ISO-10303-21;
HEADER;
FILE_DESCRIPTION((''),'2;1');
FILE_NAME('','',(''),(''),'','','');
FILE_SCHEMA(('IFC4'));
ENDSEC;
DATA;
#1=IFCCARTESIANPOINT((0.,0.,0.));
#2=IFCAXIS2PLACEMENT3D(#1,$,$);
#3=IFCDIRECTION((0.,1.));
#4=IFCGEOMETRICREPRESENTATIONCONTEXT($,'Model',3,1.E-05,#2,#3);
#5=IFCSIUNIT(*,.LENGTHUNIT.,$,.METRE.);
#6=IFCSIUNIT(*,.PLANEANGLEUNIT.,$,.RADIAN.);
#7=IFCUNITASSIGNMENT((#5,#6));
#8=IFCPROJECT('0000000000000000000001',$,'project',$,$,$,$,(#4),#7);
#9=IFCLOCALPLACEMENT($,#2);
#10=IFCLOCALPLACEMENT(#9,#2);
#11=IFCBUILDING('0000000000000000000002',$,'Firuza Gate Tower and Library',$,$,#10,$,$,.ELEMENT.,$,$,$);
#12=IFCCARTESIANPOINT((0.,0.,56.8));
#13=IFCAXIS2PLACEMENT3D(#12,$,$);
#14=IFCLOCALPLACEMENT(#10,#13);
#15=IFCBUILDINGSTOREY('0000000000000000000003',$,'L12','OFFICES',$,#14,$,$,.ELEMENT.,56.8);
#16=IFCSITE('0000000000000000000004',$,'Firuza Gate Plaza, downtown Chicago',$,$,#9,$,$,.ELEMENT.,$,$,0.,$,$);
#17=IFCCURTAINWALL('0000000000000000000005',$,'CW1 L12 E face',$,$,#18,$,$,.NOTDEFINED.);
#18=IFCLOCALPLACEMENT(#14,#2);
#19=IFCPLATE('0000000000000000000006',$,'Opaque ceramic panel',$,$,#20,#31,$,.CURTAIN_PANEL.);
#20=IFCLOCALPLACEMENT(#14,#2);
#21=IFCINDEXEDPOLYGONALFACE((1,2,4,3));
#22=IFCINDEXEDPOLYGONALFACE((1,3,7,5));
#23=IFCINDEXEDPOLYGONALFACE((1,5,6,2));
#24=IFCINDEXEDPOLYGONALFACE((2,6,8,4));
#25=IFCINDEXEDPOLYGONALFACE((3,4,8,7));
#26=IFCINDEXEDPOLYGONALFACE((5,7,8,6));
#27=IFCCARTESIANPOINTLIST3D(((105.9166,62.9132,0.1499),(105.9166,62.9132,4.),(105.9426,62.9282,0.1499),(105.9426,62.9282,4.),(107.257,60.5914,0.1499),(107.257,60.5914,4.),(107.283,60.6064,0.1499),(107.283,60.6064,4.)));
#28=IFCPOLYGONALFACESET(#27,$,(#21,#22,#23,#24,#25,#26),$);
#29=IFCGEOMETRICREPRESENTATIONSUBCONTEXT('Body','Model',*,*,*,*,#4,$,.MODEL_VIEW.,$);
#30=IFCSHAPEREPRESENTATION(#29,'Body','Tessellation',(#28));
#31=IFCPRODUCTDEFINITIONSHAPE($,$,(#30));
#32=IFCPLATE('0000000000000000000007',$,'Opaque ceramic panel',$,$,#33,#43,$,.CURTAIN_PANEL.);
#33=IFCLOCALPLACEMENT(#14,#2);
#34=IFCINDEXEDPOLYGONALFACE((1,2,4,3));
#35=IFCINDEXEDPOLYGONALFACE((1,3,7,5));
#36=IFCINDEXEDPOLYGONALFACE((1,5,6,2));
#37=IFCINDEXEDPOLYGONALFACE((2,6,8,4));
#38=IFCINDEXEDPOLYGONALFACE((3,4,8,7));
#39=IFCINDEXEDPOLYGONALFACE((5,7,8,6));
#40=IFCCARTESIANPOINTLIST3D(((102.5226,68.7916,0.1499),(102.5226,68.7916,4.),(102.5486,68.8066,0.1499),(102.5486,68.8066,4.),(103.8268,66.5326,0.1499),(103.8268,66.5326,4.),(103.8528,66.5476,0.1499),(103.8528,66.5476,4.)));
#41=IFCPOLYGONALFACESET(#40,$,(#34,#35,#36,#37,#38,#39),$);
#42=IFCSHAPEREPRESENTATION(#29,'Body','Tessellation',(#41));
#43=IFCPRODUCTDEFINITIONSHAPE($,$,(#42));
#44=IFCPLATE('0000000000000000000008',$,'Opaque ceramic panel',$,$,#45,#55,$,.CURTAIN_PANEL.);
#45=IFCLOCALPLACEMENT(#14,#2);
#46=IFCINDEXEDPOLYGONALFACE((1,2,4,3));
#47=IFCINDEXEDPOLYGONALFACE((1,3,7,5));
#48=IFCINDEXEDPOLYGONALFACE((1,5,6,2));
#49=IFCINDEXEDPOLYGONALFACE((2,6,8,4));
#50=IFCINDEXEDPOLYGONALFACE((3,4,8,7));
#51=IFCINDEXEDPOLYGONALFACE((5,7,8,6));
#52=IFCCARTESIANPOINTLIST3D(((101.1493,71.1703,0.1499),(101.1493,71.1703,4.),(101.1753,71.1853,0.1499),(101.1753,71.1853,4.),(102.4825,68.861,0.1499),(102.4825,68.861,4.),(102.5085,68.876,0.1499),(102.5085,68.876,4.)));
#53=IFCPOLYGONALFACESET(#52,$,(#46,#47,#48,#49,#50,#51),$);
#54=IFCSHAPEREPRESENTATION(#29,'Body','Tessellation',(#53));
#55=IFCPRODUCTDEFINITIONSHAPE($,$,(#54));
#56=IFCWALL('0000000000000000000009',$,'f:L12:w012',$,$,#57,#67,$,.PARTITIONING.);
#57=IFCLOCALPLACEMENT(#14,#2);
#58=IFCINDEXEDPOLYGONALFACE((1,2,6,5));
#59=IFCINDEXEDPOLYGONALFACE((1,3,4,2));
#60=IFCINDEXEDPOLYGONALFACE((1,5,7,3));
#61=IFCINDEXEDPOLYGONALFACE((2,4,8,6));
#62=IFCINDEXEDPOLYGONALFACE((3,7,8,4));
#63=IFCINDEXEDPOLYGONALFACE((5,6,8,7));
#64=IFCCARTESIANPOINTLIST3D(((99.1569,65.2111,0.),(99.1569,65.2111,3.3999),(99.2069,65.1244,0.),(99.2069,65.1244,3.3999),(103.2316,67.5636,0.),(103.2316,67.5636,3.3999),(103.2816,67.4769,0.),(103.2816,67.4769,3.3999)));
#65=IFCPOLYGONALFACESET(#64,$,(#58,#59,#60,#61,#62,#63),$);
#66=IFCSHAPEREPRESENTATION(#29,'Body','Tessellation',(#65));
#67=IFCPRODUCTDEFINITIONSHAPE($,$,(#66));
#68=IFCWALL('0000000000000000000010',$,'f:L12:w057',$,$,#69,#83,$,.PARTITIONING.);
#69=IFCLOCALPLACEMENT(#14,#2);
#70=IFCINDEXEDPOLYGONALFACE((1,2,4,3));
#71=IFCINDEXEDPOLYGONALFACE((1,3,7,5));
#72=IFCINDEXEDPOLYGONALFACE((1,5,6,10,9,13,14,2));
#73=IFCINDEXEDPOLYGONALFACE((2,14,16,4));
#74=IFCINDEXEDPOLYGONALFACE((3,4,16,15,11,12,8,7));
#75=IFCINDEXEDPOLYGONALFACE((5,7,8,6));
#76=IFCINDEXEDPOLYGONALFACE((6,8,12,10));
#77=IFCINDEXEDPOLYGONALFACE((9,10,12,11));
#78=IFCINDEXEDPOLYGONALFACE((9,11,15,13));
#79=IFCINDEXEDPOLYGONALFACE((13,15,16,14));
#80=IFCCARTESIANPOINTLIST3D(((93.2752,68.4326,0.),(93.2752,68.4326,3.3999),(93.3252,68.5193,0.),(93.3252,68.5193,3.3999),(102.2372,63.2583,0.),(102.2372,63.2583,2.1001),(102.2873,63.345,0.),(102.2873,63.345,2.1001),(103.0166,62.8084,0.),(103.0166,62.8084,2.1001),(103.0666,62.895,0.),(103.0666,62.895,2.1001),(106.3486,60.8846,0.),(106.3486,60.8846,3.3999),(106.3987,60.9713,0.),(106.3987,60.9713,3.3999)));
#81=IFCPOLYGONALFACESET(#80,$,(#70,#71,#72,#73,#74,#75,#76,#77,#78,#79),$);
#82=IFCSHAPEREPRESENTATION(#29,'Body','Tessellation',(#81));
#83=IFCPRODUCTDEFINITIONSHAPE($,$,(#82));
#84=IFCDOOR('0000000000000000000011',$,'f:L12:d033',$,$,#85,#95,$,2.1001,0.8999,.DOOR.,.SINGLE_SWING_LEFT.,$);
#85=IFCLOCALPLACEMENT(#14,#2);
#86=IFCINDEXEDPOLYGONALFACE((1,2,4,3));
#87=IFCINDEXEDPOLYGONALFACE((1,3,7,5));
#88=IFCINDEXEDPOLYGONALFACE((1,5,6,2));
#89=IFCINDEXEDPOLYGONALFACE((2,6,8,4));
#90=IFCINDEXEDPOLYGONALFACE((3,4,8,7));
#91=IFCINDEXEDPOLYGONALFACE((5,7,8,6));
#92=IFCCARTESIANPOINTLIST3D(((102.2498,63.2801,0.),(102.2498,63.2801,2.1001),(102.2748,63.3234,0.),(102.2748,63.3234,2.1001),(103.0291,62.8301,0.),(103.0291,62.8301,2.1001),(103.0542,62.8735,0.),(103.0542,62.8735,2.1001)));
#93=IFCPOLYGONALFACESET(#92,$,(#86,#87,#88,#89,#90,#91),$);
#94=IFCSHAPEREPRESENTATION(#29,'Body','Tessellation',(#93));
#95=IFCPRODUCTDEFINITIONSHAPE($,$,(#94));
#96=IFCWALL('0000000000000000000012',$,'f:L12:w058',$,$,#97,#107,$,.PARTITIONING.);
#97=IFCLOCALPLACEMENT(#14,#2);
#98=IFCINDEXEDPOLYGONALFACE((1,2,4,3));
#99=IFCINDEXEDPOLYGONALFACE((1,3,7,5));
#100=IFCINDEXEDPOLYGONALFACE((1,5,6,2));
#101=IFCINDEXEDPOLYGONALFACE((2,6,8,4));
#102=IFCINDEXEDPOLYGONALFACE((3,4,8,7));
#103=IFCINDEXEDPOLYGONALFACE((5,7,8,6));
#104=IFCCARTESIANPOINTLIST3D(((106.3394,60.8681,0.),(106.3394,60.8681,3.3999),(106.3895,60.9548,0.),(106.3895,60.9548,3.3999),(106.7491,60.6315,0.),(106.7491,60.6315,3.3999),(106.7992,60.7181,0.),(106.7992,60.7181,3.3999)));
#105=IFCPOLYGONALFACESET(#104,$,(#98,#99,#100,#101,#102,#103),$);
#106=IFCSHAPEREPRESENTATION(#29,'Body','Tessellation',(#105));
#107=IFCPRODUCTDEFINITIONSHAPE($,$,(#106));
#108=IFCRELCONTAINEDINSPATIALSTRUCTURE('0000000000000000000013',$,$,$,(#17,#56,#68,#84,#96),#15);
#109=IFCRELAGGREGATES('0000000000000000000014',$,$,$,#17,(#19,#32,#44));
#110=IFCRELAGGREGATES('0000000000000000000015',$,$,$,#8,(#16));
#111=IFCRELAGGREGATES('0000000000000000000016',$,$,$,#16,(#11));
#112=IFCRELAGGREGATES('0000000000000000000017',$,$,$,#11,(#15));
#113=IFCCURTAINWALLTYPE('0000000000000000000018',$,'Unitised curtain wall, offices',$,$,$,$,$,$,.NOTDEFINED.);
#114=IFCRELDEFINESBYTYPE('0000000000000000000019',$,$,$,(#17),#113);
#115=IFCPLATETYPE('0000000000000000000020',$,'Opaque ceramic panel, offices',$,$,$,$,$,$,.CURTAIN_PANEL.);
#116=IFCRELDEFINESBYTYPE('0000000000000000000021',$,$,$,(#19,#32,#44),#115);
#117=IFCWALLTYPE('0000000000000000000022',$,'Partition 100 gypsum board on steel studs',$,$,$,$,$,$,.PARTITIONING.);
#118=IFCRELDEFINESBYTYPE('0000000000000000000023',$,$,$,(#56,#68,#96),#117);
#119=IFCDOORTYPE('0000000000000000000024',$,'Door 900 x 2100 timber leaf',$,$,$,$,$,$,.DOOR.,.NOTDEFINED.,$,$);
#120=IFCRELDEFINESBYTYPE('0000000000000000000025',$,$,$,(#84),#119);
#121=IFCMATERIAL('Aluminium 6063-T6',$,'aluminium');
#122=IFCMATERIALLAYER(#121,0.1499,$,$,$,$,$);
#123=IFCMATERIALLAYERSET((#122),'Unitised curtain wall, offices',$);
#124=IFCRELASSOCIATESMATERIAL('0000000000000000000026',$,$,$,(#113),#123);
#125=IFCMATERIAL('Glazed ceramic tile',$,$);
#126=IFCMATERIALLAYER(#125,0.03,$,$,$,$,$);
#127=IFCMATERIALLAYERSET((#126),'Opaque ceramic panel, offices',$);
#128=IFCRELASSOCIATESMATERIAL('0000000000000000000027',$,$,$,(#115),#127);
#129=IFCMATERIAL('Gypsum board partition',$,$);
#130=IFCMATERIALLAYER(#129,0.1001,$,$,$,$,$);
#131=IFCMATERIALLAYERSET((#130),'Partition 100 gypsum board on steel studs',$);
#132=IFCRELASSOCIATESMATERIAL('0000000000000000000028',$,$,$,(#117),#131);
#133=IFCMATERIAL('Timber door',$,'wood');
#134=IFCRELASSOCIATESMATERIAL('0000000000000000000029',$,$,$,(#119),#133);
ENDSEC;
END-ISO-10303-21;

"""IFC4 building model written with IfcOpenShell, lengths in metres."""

from ifc_helpers import new_model, si_unit, direction, frame, frame_2d, origin, place, context, subcontext, project, spatial, polyline, rectangle, outline, extrude, material, layer, layer_set, type_object, element, fill, aggregate, save


model = new_model("IFC4")

# Units and contexts
model_context = context("Model", 3, precision=1e-05, world=origin(), true_north=direction((0.0, 1.0)))
body_context = subcontext(model_context, "Body", "Model", "MODEL_VIEW")
ifc_project = project(units=[si_unit("LENGTHUNIT", "METRE"), si_unit("PLANEANGLEUNIT", "RADIAN")], contexts=[model_context])

# Site, building, storey
site_placement = place(None, origin())
site = spatial("IfcSite", under=ifc_project, at=site_placement, Name="Firuza Gate Plaza, downtown Chicago", CompositionType="ELEMENT", RefElevation=0.0)
building_placement = place(site_placement, origin())
building = spatial("IfcBuilding", under=site, at=building_placement, Name="Firuza Gate Tower and Library", CompositionType="ELEMENT")
storey_placement = place(building_placement, frame((0.0, 0.0, 56.8)))
storey = spatial("IfcBuildingStorey", under=building, at=storey_placement, Name="L12", Description="OFFICES", CompositionType="ELEMENT", Elevation=56.8)

# Curtain wall
ifc_material_1 = material(Name="Aluminium 6063-T6", Category="aluminium")
ifc_layer_1 = layer(ifc_material_1, 0.1499)
ifc_layer_set_1 = layer_set([ifc_layer_1], Name="Unitised curtain wall, offices")
curtain_wall_type = type_object("IfcCurtainWallType", Name="Unitised curtain wall, offices", PredefinedType="NOTDEFINED", material=ifc_layer_set_1)
curtain_wall_placement = place(storey_placement, origin())
curtain_wall = element("IfcCurtainWall", 1, at=curtain_wall_placement, inside=storey, type_object=curtain_wall_type, Name="CW1 L12 E face", PredefinedType="NOTDEFINED")

# Plates
ifc_material_2 = material(Name="Glazed ceramic tile")
ifc_layer_2 = layer(ifc_material_2, 0.03)
ifc_layer_set_2 = layer_set([ifc_layer_2], Name="Opaque ceramic panel, offices")
plate_type_1 = type_object("IfcPlateType", Name="Opaque ceramic panel, offices", PredefinedType="CURTAIN_PANEL", material=ifc_layer_set_2)
plate_1_placement = place(storey_placement, frame((107.283, 60.6064, 0.1499), z_axis=(0.866049, 0.499959, 0.0), x_axis=(-0.499959, 0.866049, 0.0)))
plate_1 = element("IfcPlate", 2, at=plate_1_placement, type_object=plate_type_1, Name="Opaque ceramic panel", PredefinedType="CURTAIN_PANEL", context=body_context, shape_type="SweptSolid", body=[
    extrude(outline(polyline([(0.0, 0.0), (2.6809, 0.0), (2.6809, 3.8501), (0.0, 3.8501), (0.0, 0.0)])), origin(), (0.0, 0.0, -1.0), 0.03),
])
plate_2_placement = place(storey_placement, frame((103.8528, 66.5476, 0.1499), z_axis=(0.866034, 0.499984, 0.0), x_axis=(-0.499984, 0.866034, 0.0)))
plate_2 = element("IfcPlate", 3, at=plate_2_placement, type_object=plate_type_1, Name="Opaque ceramic panel", PredefinedType="CURTAIN_PANEL", context=body_context, shape_type="SweptSolid", body=[
    extrude(outline(polyline([(0.0, 0.0), (2.6085, 0.0), (2.6085, 3.8501), (0.0, 3.8501), (0.0, 0.0)])), origin(), (0.0, 0.0, -1.0), 0.03),
])
plate_3_placement = place(storey_placement, frame((102.5085, 68.876, 0.1499), z_axis=(0.866032, 0.499989, 0.0), x_axis=(-0.499989, 0.866032, 0.0)))
plate_3 = element("IfcPlate", 4, at=plate_3_placement, type_object=plate_type_1, Name="Opaque ceramic panel", PredefinedType="CURTAIN_PANEL", context=body_context, shape_type="SweptSolid", body=[
    extrude(outline(polyline([(0.0, 0.0), (2.6666, 0.0), (2.6666, 3.8501), (0.0, 3.8501), (0.0, 0.0)])), origin(), (0.0, 0.0, -1.0), 0.03),
])
aggregate(curtain_wall, [plate_1, plate_2, plate_3])

# Wall
ifc_material_3 = material(Name="Gypsum board partition")
ifc_layer_3 = layer(ifc_material_3, 0.1001)
ifc_layer_set_3 = layer_set([ifc_layer_3], Name="Partition 100 gypsum board on steel studs")
wall_type = type_object("IfcWallType", Name="Partition 100 gypsum board on steel studs", PredefinedType="PARTITIONING", material=ifc_layer_set_3)
wall_1_placement = place(storey_placement, frame((99.1819, 65.1677, 0.0), z_axis=(0.0, 0.0, 1.0), x_axis=(0.866025, 0.500001, 0.0)))
element("IfcWall", 5, at=wall_1_placement, inside=storey, type_object=wall_type, Name="f:L12:w012", PredefinedType="PARTITIONING", context=body_context, shape_type="SweptSolid", body=[
    extrude(rectangle(XDim=4.7051, YDim=0.1001, at=frame_2d((2.3525, 0.0))), origin(), (0.0, 0.0, 1.0), 3.3999),
])

# Wall, opening, door
wall_2_placement = place(storey_placement, frame((106.3735, 60.928, 0.0), z_axis=(0.0, 0.0, 1.0), x_axis=(-0.866022, 0.500006, 0.0)))
wall_2 = element("IfcWall", 6, at=wall_2_placement, inside=storey, type_object=wall_type, Name="f:L12:w057", PredefinedType="PARTITIONING", context=body_context, shape_type="SweptSolid", body=[
    extrude(rectangle(XDim=15.0959, YDim=0.1001, at=frame_2d((7.5479, 0.0))), origin(), (0.0, 0.0, 1.0), 3.3999),
])
opening_placement = place(wall_2_placement, frame((3.8474, 0.0, 0.0)))
opening = element("IfcOpeningElement", 7, at=opening_placement, cuts=wall_2, PredefinedType="OPENING", context=body_context, shape_type="SweptSolid", body=[
    extrude(rectangle(XDim=0.8999, YDim=2.1001, at=frame_2d((0.45, 1.05))), frame((0.0, 0.0601, 0.0), z_axis=(0.0, -1.0, 0.0), x_axis=(1.0, 0.0, 0.0)), (0.0, 0.0, 1.0), 0.1201),
])
ifc_material_4 = material(Name="Timber door", Category="wood")
door_type = type_object("IfcDoorType", Name="Door 900 x 2100 timber leaf", OperationType="NOTDEFINED", PredefinedType="DOOR", material=ifc_material_4)
door_placement = place(opening_placement, origin())
door = element("IfcDoor", 8, at=door_placement, inside=storey, type_object=door_type, Name="f:L12:d033", OperationType="SINGLE_SWING_LEFT", OverallHeight=2.1001, OverallWidth=0.8999, PredefinedType="DOOR", context=body_context, shape_type="SweptSolid", body=[
    extrude(rectangle(XDim=0.8999, YDim=2.1001, at=frame_2d((0.45, 1.05))), frame((0.0, 0.0249, 0.0), z_axis=(0.0, -1.0, 0.0), x_axis=(1.0, 0.0, 0.0)), (0.0, 0.0, 1.0), 0.05),
])
fill(opening, door)

# Wall
wall_3_placement = place(storey_placement, frame((106.7742, 60.6748, 0.0), z_axis=(0.0, 0.0, 1.0), x_axis=(-0.865979, 0.50008, 0.0)))
element("IfcWall", 9, at=wall_3_placement, inside=storey, type_object=wall_type, Name="f:L12:w058", PredefinedType="PARTITIONING", context=body_context, shape_type="SweptSolid", body=[
    extrude(rectangle(XDim=0.4731, YDim=0.1001, at=frame_2d((0.2366, 0.0))), origin(), (0.0, 0.0, 1.0), 3.3999),
])

save(model, "model.ifc")
